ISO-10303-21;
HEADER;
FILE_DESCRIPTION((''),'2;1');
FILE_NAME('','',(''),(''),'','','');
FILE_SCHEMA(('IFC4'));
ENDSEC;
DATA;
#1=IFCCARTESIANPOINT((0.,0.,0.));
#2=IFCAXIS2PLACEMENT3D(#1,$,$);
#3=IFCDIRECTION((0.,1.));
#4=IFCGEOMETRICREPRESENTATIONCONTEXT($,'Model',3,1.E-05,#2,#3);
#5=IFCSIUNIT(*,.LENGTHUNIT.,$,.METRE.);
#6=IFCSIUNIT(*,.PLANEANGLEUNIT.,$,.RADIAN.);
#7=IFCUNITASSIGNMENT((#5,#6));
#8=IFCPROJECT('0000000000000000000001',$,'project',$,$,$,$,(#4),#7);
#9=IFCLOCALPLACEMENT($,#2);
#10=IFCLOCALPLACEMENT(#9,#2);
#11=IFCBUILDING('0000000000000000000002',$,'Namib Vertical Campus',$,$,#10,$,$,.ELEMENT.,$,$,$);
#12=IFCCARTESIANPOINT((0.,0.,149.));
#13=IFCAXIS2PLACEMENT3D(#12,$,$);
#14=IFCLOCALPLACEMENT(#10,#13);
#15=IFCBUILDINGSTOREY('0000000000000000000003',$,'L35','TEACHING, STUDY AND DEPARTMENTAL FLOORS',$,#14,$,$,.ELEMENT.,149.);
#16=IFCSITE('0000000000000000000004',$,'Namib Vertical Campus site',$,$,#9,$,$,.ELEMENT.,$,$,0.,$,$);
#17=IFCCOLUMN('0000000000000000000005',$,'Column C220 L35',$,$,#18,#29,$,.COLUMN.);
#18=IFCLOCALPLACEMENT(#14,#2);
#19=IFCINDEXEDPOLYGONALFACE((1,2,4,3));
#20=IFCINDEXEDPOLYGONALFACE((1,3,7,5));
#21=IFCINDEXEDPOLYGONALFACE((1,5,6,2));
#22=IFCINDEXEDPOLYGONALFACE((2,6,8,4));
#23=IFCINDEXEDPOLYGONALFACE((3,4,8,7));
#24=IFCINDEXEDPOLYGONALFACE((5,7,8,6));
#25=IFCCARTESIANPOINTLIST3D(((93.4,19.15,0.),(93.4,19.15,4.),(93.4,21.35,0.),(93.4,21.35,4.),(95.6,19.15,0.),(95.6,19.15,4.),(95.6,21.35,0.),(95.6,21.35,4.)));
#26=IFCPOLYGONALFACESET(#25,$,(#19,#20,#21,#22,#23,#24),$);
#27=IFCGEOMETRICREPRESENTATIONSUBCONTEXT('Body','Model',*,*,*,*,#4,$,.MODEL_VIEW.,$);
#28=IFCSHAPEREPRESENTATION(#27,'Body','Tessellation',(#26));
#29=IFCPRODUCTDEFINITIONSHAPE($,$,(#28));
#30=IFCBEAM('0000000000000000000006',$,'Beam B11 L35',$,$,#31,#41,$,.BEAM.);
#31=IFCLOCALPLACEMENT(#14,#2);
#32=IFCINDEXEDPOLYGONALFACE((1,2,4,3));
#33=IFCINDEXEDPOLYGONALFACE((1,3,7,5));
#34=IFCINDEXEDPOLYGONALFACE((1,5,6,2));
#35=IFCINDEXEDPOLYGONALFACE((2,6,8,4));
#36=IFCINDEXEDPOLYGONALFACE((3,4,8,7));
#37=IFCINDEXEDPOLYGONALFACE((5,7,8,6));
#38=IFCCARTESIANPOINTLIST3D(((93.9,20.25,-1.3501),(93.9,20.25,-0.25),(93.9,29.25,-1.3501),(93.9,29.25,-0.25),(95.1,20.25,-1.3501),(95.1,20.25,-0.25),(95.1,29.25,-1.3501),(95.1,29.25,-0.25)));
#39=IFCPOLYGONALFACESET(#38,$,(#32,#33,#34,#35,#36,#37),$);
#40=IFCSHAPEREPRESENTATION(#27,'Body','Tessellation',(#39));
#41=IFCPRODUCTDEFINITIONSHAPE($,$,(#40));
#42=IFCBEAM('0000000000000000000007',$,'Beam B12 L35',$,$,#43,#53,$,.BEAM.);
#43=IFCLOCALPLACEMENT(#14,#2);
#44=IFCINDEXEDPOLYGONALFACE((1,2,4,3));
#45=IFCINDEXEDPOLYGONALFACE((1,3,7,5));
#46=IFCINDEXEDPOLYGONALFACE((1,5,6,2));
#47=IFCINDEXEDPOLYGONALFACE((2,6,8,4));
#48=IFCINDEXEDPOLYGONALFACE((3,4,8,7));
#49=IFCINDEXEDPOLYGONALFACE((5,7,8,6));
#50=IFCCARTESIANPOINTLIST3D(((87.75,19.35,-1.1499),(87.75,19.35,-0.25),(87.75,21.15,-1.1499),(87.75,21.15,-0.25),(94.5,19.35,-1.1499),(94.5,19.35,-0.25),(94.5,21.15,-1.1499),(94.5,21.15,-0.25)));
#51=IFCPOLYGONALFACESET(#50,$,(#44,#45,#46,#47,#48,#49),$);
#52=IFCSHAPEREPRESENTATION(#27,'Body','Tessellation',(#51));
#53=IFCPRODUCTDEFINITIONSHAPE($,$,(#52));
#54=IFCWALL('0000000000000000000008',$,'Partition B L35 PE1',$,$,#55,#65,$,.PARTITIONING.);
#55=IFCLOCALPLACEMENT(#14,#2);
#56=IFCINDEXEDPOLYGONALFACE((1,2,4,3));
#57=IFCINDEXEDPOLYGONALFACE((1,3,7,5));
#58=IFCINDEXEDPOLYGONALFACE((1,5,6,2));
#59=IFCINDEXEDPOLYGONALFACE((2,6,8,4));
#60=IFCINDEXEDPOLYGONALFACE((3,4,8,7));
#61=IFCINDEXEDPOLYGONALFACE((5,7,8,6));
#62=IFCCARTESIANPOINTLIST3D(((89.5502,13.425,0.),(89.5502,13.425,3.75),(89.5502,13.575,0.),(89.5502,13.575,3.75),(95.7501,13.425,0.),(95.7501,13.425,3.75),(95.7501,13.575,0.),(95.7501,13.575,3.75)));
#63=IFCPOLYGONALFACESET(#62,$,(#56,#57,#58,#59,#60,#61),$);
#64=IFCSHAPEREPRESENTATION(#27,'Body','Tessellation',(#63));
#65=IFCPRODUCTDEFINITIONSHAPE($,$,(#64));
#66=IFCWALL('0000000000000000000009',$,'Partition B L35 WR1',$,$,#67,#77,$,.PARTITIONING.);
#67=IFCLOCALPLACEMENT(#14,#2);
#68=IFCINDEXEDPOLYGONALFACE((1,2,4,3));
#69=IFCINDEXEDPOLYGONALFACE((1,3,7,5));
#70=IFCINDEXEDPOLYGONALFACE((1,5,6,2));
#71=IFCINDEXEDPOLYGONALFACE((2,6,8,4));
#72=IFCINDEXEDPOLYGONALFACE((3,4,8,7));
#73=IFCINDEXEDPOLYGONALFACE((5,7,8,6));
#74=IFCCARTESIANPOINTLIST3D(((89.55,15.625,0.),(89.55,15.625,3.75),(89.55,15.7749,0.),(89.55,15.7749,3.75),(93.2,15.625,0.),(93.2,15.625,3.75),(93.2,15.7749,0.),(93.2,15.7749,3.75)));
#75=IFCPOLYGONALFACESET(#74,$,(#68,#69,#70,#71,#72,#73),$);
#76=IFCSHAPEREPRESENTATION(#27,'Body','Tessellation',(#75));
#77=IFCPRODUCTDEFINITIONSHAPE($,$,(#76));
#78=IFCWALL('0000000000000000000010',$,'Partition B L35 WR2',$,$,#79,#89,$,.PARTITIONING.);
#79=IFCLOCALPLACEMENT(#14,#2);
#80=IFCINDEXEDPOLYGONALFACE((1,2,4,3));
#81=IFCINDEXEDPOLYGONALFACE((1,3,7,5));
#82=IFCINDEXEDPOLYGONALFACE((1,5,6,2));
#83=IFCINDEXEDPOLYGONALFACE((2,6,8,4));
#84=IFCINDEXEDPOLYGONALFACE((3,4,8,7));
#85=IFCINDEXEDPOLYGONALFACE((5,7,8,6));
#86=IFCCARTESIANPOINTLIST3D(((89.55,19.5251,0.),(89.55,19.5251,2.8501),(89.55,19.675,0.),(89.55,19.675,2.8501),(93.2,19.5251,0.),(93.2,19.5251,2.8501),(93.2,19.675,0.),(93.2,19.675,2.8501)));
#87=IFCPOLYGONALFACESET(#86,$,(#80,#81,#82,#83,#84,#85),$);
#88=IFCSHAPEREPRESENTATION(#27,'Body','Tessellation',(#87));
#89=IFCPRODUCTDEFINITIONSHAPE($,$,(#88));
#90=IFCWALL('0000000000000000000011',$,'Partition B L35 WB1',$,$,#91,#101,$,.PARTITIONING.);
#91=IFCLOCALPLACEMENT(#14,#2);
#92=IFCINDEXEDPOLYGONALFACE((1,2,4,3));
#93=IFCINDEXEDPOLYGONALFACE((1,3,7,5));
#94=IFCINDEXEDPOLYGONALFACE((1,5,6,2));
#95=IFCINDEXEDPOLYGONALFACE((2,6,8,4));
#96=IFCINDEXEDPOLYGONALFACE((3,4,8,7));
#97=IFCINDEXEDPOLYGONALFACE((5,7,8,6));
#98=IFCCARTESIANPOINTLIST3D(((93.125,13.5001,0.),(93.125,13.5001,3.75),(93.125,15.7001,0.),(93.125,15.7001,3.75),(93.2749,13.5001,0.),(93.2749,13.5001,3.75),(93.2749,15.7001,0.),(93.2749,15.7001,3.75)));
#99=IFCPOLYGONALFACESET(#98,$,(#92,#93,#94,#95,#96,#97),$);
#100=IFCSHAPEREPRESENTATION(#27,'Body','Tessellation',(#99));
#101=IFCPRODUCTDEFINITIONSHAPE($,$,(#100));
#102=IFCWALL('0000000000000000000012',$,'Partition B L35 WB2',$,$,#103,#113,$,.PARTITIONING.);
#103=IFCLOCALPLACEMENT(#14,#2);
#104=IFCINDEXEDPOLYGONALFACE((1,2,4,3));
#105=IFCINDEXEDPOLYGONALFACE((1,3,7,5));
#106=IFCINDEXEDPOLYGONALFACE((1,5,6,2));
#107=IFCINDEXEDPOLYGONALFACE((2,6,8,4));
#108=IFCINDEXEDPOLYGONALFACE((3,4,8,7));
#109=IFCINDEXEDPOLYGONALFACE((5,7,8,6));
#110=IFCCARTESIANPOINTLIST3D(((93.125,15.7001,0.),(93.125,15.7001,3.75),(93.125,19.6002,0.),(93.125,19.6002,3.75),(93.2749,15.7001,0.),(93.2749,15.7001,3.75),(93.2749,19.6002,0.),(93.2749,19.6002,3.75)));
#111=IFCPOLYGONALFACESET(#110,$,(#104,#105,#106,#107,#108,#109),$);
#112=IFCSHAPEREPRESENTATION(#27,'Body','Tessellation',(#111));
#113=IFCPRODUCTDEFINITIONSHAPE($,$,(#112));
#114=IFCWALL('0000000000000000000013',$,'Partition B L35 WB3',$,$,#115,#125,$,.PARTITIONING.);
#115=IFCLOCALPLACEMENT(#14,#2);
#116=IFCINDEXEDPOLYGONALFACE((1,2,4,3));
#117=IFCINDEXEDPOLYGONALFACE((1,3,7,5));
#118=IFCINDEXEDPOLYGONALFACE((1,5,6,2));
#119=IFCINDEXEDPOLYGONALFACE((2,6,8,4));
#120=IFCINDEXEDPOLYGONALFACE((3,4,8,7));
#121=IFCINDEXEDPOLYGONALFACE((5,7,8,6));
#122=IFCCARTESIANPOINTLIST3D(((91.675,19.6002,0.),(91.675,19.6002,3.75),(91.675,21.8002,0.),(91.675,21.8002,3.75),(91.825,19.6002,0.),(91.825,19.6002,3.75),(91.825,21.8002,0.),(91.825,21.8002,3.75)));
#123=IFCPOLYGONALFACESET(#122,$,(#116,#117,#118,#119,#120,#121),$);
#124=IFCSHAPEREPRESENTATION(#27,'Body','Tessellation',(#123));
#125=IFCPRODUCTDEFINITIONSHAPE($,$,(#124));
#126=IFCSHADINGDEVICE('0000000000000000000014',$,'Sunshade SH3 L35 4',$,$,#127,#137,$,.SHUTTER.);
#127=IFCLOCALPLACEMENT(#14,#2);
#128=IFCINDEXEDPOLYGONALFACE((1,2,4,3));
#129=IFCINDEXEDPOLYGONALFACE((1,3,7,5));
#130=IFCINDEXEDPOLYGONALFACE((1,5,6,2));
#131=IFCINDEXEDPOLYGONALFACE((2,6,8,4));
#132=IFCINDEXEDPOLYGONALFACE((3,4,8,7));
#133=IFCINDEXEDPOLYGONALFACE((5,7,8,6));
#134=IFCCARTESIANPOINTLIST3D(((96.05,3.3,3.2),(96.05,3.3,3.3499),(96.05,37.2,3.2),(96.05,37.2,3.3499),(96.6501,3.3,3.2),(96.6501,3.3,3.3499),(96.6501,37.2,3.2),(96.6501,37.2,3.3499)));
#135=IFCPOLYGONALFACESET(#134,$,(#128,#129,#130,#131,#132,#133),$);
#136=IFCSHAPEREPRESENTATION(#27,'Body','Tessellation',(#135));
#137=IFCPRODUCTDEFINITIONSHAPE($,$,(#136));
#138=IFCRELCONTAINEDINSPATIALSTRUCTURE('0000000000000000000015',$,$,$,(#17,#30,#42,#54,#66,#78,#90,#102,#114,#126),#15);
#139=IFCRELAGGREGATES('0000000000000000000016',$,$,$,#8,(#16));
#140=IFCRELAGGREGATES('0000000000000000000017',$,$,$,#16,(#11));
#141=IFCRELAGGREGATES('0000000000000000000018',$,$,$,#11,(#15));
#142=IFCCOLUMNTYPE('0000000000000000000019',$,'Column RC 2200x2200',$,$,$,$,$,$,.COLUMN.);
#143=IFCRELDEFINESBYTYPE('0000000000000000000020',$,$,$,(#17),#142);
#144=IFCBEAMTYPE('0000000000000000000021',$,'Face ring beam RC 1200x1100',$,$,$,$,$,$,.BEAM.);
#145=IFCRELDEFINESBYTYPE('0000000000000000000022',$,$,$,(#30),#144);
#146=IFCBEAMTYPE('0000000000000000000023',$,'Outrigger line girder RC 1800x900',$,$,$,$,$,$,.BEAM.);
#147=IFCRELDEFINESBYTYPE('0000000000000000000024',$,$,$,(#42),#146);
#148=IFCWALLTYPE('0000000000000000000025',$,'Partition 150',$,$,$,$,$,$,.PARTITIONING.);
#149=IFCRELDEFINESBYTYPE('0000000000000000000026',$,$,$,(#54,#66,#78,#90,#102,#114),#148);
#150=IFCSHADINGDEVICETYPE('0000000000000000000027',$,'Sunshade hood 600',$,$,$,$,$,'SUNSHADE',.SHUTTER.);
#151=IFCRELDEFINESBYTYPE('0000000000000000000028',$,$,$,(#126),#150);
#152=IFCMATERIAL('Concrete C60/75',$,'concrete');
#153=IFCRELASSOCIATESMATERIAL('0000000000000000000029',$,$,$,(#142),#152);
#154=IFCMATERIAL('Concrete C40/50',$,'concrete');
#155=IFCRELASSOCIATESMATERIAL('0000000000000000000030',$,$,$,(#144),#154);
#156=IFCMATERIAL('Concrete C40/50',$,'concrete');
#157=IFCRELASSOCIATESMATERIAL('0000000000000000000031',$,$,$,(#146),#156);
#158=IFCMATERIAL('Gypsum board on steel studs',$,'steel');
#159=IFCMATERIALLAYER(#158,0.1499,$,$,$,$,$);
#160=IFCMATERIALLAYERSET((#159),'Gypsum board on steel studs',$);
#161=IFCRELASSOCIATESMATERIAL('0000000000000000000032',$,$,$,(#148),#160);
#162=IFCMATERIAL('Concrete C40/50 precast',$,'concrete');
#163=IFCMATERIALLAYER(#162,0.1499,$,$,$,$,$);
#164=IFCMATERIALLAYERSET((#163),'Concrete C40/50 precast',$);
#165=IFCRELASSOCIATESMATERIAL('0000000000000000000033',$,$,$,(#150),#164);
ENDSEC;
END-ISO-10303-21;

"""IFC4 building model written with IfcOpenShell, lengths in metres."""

from ifc_helpers import new_model, si_unit, direction, frame, frame_2d, origin, origin_2d, place, context, subcontext, project, spatial, rectangle, extrude, material, layer, layer_set, material_profile, profile_set, type_object, element, save


model = new_model("IFC4")

# Units and contexts
model_context = context("Model", 3, precision=1e-05, world=origin(), true_north=direction((0.0, 1.0)))
body_context = subcontext(model_context, "Body", "Model", "MODEL_VIEW")
ifc_project = project(units=[si_unit("LENGTHUNIT", "METRE"), si_unit("PLANEANGLEUNIT", "RADIAN")], contexts=[model_context])

# Site, building, storey
site_placement = place(None, origin())
site = spatial("IfcSite", under=ifc_project, at=site_placement, Name="Namib Vertical Campus site", CompositionType="ELEMENT", RefElevation=0.0)
building_placement = place(site_placement, origin())
building = spatial("IfcBuilding", under=site, at=building_placement, Name="Namib Vertical Campus", CompositionType="ELEMENT")
storey_placement = place(building_placement, frame((0.0, 0.0, 149.0)))
storey = spatial("IfcBuildingStorey", under=building, at=storey_placement, Name="L35", Description="TEACHING, STUDY AND DEPARTMENTAL FLOORS", CompositionType="ELEMENT", Elevation=149.0)

# Column
ifc_material_1 = material(Name="Concrete C60/75", Category="concrete")
ifc_material_profile_1 = material_profile(ifc_material_1, rectangle(XDim=2.2, YDim=2.2, at=origin_2d()))
ifc_profile_set_1 = profile_set([ifc_material_profile_1], Name="Concrete C60/75")
column_type = type_object("IfcColumnType", Name="Column RC 2200x2200", PredefinedType="COLUMN", material=ifc_profile_set_1)
column_placement = place(storey_placement, frame((94.5, 20.25, 0.0), z_axis=(0.0, 0.0, 1.0), x_axis=(1.0, 0.0, 0.0)))
element("IfcColumn", 1, at=column_placement, inside=storey, type_object=column_type, Name="Column C220 L35", PredefinedType="COLUMN", context=body_context, shape_type="SweptSolid", body=[
    extrude(rectangle(XDim=2.2, YDim=2.2, at=origin_2d()), origin(), (0.0, 0.0, 1.0), 4.0),
])

# Beams
ifc_material_2 = material(Name="Concrete C40/50", Category="concrete")
ifc_material_profile_2 = material_profile(ifc_material_2, rectangle(XDim=1.2, YDim=1.1001, at=origin_2d()))
ifc_profile_set_2 = profile_set([ifc_material_profile_2], Name="Concrete C40/50")
beam_type_1 = type_object("IfcBeamType", Name="Face ring beam RC 1200x1100", PredefinedType="BEAM", material=ifc_profile_set_2)
beam_1_placement = place(storey_placement, frame((94.5, 20.25, -0.8), z_axis=(0.0, 1.0, 0.0), x_axis=(-1.0, 0.0, 0.0)))
element("IfcBeam", 2, at=beam_1_placement, inside=storey, type_object=beam_type_1, Name="Beam B11 L35", PredefinedType="BEAM", context=body_context, shape_type="SweptSolid", body=[
    extrude(rectangle(XDim=1.2, YDim=1.1001, at=origin_2d()), origin(), (0.0, 0.0, 1.0), 9.0),
])
ifc_material_3 = material(Name="Concrete C40/50", Category="concrete")
ifc_material_profile_3 = material_profile(ifc_material_3, rectangle(XDim=1.8, YDim=0.8999, at=origin_2d()))
ifc_profile_set_3 = profile_set([ifc_material_profile_3], Name="Concrete C40/50")
beam_type_2 = type_object("IfcBeamType", Name="Outrigger line girder RC 1800x900", PredefinedType="BEAM", material=ifc_profile_set_3)
beam_2_placement = place(storey_placement, frame((94.5, 20.25, -0.7), z_axis=(-1.0, 0.0, 0.0), x_axis=(0.0, -1.0, 0.0)))
element("IfcBeam", 3, at=beam_2_placement, inside=storey, type_object=beam_type_2, Name="Beam B12 L35", PredefinedType="BEAM", context=body_context, shape_type="SweptSolid", body=[
    extrude(rectangle(XDim=1.8, YDim=0.8999, at=origin_2d()), origin(), (0.0, 0.0, 1.0), 6.75),
])

# Walls
ifc_material_4 = material(Name="Gypsum board on steel studs", Category="steel")
ifc_layer_1 = layer(ifc_material_4, 0.1499)
ifc_layer_set_1 = layer_set([ifc_layer_1], Name="Gypsum board on steel studs")
wall_type = type_object("IfcWallType", Name="Partition 150", PredefinedType="PARTITIONING", material=ifc_layer_set_1)
wall_1_placement = place(storey_placement, frame((89.55, 13.5, 0.0), z_axis=(0.0, 0.0, 1.0), x_axis=(1.0, 0.0, 0.0)))
element("IfcWall", 4, at=wall_1_placement, inside=storey, type_object=wall_type, Name="Partition B L35 PE1", PredefinedType="PARTITIONING", context=body_context, shape_type="SweptSolid", body=[
    extrude(rectangle(XDim=6.2, YDim=0.1499, at=frame_2d((3.1001, 0.0))), origin(), (0.0, 0.0, 1.0), 3.75),
])
wall_2_placement = place(storey_placement, frame((89.55, 15.7, 0.0), z_axis=(0.0, 0.0, 1.0), x_axis=(1.0, 0.0, 0.0)))
element("IfcWall", 5, at=wall_2_placement, inside=storey, type_object=wall_type, Name="Partition B L35 WR1", PredefinedType="PARTITIONING", context=body_context, shape_type="SweptSolid", body=[
    extrude(rectangle(XDim=3.6499, YDim=0.1499, at=frame_2d((1.825, 0.0))), origin(), (0.0, 0.0, 1.0), 3.75),
])
wall_3_placement = place(storey_placement, frame((89.55, 19.6001, 0.0), z_axis=(0.0, 0.0, 1.0), x_axis=(1.0, 0.0, 0.0)))
element("IfcWall", 6, at=wall_3_placement, inside=storey, type_object=wall_type, Name="Partition B L35 WR2", PredefinedType="PARTITIONING", context=body_context, shape_type="SweptSolid", body=[
    extrude(rectangle(XDim=3.6499, YDim=0.1499, at=frame_2d((1.825, 0.0))), origin(), (0.0, 0.0, 1.0), 2.8501),
])
wall_4_placement = place(storey_placement, frame((93.2, 13.5, 0.0), z_axis=(0.0, 0.0, 1.0), x_axis=(0.0, 1.0, 0.0)))
element("IfcWall", 7, at=wall_4_placement, inside=storey, type_object=wall_type, Name="Partition B L35 WB1", PredefinedType="PARTITIONING", context=body_context, shape_type="SweptSolid", body=[
    extrude(rectangle(XDim=2.2, YDim=0.1499, at=frame_2d((1.1001, 0.0))), origin(), (0.0, 0.0, 1.0), 3.75),
])
wall_5_placement = place(storey_placement, frame((93.2, 15.7, 0.0), z_axis=(0.0, 0.0, 1.0), x_axis=(0.0, 1.0, 0.0)))
element("IfcWall", 8, at=wall_5_placement, inside=storey, type_object=wall_type, Name="Partition B L35 WB2", PredefinedType="PARTITIONING", context=body_context, shape_type="SweptSolid", body=[
    extrude(rectangle(XDim=3.9001, YDim=0.1499, at=frame_2d((1.9502, 0.0))), origin(), (0.0, 0.0, 1.0), 3.75),
])
wall_6_placement = place(storey_placement, frame((91.75, 19.6001, 0.0), z_axis=(0.0, 0.0, 1.0), x_axis=(0.0, 1.0, 0.0)))
element("IfcWall", 9, at=wall_6_placement, inside=storey, type_object=wall_type, Name="Partition B L35 WB3", PredefinedType="PARTITIONING", context=body_context, shape_type="SweptSolid", body=[
    extrude(rectangle(XDim=2.2, YDim=0.1499, at=frame_2d((1.1001, 0.0))), origin(), (0.0, 0.0, 1.0), 3.75),
])

# Shading device
ifc_material_5 = material(Name="Concrete C40/50 precast", Category="concrete")
ifc_layer_2 = layer(ifc_material_5, 0.1499)
ifc_layer_set_2 = layer_set([ifc_layer_2], Name="Concrete C40/50 precast")
shading_device_type = type_object("IfcShadingDeviceType", Name="Sunshade hood 600", ElementType="SUNSHADE", PredefinedType="SHUTTER", material=ifc_layer_set_2)
shading_device_placement = place(storey_placement, frame((96.3501, 20.25, 3.2), z_axis=(0.0, 0.0, 1.0), x_axis=(0.0, 1.0, 0.0)))
element("IfcShadingDevice", 10, at=shading_device_placement, inside=storey, type_object=shading_device_type, Name="Sunshade SH3 L35 4", PredefinedType="SHUTTER", context=body_context, shape_type="SweptSolid", body=[
    extrude(rectangle(XDim=33.8999, YDim=0.6001, at=origin_2d()), origin(), (0.0, 0.0, 1.0), 0.1499),
])

save(model, "model.ifc")
